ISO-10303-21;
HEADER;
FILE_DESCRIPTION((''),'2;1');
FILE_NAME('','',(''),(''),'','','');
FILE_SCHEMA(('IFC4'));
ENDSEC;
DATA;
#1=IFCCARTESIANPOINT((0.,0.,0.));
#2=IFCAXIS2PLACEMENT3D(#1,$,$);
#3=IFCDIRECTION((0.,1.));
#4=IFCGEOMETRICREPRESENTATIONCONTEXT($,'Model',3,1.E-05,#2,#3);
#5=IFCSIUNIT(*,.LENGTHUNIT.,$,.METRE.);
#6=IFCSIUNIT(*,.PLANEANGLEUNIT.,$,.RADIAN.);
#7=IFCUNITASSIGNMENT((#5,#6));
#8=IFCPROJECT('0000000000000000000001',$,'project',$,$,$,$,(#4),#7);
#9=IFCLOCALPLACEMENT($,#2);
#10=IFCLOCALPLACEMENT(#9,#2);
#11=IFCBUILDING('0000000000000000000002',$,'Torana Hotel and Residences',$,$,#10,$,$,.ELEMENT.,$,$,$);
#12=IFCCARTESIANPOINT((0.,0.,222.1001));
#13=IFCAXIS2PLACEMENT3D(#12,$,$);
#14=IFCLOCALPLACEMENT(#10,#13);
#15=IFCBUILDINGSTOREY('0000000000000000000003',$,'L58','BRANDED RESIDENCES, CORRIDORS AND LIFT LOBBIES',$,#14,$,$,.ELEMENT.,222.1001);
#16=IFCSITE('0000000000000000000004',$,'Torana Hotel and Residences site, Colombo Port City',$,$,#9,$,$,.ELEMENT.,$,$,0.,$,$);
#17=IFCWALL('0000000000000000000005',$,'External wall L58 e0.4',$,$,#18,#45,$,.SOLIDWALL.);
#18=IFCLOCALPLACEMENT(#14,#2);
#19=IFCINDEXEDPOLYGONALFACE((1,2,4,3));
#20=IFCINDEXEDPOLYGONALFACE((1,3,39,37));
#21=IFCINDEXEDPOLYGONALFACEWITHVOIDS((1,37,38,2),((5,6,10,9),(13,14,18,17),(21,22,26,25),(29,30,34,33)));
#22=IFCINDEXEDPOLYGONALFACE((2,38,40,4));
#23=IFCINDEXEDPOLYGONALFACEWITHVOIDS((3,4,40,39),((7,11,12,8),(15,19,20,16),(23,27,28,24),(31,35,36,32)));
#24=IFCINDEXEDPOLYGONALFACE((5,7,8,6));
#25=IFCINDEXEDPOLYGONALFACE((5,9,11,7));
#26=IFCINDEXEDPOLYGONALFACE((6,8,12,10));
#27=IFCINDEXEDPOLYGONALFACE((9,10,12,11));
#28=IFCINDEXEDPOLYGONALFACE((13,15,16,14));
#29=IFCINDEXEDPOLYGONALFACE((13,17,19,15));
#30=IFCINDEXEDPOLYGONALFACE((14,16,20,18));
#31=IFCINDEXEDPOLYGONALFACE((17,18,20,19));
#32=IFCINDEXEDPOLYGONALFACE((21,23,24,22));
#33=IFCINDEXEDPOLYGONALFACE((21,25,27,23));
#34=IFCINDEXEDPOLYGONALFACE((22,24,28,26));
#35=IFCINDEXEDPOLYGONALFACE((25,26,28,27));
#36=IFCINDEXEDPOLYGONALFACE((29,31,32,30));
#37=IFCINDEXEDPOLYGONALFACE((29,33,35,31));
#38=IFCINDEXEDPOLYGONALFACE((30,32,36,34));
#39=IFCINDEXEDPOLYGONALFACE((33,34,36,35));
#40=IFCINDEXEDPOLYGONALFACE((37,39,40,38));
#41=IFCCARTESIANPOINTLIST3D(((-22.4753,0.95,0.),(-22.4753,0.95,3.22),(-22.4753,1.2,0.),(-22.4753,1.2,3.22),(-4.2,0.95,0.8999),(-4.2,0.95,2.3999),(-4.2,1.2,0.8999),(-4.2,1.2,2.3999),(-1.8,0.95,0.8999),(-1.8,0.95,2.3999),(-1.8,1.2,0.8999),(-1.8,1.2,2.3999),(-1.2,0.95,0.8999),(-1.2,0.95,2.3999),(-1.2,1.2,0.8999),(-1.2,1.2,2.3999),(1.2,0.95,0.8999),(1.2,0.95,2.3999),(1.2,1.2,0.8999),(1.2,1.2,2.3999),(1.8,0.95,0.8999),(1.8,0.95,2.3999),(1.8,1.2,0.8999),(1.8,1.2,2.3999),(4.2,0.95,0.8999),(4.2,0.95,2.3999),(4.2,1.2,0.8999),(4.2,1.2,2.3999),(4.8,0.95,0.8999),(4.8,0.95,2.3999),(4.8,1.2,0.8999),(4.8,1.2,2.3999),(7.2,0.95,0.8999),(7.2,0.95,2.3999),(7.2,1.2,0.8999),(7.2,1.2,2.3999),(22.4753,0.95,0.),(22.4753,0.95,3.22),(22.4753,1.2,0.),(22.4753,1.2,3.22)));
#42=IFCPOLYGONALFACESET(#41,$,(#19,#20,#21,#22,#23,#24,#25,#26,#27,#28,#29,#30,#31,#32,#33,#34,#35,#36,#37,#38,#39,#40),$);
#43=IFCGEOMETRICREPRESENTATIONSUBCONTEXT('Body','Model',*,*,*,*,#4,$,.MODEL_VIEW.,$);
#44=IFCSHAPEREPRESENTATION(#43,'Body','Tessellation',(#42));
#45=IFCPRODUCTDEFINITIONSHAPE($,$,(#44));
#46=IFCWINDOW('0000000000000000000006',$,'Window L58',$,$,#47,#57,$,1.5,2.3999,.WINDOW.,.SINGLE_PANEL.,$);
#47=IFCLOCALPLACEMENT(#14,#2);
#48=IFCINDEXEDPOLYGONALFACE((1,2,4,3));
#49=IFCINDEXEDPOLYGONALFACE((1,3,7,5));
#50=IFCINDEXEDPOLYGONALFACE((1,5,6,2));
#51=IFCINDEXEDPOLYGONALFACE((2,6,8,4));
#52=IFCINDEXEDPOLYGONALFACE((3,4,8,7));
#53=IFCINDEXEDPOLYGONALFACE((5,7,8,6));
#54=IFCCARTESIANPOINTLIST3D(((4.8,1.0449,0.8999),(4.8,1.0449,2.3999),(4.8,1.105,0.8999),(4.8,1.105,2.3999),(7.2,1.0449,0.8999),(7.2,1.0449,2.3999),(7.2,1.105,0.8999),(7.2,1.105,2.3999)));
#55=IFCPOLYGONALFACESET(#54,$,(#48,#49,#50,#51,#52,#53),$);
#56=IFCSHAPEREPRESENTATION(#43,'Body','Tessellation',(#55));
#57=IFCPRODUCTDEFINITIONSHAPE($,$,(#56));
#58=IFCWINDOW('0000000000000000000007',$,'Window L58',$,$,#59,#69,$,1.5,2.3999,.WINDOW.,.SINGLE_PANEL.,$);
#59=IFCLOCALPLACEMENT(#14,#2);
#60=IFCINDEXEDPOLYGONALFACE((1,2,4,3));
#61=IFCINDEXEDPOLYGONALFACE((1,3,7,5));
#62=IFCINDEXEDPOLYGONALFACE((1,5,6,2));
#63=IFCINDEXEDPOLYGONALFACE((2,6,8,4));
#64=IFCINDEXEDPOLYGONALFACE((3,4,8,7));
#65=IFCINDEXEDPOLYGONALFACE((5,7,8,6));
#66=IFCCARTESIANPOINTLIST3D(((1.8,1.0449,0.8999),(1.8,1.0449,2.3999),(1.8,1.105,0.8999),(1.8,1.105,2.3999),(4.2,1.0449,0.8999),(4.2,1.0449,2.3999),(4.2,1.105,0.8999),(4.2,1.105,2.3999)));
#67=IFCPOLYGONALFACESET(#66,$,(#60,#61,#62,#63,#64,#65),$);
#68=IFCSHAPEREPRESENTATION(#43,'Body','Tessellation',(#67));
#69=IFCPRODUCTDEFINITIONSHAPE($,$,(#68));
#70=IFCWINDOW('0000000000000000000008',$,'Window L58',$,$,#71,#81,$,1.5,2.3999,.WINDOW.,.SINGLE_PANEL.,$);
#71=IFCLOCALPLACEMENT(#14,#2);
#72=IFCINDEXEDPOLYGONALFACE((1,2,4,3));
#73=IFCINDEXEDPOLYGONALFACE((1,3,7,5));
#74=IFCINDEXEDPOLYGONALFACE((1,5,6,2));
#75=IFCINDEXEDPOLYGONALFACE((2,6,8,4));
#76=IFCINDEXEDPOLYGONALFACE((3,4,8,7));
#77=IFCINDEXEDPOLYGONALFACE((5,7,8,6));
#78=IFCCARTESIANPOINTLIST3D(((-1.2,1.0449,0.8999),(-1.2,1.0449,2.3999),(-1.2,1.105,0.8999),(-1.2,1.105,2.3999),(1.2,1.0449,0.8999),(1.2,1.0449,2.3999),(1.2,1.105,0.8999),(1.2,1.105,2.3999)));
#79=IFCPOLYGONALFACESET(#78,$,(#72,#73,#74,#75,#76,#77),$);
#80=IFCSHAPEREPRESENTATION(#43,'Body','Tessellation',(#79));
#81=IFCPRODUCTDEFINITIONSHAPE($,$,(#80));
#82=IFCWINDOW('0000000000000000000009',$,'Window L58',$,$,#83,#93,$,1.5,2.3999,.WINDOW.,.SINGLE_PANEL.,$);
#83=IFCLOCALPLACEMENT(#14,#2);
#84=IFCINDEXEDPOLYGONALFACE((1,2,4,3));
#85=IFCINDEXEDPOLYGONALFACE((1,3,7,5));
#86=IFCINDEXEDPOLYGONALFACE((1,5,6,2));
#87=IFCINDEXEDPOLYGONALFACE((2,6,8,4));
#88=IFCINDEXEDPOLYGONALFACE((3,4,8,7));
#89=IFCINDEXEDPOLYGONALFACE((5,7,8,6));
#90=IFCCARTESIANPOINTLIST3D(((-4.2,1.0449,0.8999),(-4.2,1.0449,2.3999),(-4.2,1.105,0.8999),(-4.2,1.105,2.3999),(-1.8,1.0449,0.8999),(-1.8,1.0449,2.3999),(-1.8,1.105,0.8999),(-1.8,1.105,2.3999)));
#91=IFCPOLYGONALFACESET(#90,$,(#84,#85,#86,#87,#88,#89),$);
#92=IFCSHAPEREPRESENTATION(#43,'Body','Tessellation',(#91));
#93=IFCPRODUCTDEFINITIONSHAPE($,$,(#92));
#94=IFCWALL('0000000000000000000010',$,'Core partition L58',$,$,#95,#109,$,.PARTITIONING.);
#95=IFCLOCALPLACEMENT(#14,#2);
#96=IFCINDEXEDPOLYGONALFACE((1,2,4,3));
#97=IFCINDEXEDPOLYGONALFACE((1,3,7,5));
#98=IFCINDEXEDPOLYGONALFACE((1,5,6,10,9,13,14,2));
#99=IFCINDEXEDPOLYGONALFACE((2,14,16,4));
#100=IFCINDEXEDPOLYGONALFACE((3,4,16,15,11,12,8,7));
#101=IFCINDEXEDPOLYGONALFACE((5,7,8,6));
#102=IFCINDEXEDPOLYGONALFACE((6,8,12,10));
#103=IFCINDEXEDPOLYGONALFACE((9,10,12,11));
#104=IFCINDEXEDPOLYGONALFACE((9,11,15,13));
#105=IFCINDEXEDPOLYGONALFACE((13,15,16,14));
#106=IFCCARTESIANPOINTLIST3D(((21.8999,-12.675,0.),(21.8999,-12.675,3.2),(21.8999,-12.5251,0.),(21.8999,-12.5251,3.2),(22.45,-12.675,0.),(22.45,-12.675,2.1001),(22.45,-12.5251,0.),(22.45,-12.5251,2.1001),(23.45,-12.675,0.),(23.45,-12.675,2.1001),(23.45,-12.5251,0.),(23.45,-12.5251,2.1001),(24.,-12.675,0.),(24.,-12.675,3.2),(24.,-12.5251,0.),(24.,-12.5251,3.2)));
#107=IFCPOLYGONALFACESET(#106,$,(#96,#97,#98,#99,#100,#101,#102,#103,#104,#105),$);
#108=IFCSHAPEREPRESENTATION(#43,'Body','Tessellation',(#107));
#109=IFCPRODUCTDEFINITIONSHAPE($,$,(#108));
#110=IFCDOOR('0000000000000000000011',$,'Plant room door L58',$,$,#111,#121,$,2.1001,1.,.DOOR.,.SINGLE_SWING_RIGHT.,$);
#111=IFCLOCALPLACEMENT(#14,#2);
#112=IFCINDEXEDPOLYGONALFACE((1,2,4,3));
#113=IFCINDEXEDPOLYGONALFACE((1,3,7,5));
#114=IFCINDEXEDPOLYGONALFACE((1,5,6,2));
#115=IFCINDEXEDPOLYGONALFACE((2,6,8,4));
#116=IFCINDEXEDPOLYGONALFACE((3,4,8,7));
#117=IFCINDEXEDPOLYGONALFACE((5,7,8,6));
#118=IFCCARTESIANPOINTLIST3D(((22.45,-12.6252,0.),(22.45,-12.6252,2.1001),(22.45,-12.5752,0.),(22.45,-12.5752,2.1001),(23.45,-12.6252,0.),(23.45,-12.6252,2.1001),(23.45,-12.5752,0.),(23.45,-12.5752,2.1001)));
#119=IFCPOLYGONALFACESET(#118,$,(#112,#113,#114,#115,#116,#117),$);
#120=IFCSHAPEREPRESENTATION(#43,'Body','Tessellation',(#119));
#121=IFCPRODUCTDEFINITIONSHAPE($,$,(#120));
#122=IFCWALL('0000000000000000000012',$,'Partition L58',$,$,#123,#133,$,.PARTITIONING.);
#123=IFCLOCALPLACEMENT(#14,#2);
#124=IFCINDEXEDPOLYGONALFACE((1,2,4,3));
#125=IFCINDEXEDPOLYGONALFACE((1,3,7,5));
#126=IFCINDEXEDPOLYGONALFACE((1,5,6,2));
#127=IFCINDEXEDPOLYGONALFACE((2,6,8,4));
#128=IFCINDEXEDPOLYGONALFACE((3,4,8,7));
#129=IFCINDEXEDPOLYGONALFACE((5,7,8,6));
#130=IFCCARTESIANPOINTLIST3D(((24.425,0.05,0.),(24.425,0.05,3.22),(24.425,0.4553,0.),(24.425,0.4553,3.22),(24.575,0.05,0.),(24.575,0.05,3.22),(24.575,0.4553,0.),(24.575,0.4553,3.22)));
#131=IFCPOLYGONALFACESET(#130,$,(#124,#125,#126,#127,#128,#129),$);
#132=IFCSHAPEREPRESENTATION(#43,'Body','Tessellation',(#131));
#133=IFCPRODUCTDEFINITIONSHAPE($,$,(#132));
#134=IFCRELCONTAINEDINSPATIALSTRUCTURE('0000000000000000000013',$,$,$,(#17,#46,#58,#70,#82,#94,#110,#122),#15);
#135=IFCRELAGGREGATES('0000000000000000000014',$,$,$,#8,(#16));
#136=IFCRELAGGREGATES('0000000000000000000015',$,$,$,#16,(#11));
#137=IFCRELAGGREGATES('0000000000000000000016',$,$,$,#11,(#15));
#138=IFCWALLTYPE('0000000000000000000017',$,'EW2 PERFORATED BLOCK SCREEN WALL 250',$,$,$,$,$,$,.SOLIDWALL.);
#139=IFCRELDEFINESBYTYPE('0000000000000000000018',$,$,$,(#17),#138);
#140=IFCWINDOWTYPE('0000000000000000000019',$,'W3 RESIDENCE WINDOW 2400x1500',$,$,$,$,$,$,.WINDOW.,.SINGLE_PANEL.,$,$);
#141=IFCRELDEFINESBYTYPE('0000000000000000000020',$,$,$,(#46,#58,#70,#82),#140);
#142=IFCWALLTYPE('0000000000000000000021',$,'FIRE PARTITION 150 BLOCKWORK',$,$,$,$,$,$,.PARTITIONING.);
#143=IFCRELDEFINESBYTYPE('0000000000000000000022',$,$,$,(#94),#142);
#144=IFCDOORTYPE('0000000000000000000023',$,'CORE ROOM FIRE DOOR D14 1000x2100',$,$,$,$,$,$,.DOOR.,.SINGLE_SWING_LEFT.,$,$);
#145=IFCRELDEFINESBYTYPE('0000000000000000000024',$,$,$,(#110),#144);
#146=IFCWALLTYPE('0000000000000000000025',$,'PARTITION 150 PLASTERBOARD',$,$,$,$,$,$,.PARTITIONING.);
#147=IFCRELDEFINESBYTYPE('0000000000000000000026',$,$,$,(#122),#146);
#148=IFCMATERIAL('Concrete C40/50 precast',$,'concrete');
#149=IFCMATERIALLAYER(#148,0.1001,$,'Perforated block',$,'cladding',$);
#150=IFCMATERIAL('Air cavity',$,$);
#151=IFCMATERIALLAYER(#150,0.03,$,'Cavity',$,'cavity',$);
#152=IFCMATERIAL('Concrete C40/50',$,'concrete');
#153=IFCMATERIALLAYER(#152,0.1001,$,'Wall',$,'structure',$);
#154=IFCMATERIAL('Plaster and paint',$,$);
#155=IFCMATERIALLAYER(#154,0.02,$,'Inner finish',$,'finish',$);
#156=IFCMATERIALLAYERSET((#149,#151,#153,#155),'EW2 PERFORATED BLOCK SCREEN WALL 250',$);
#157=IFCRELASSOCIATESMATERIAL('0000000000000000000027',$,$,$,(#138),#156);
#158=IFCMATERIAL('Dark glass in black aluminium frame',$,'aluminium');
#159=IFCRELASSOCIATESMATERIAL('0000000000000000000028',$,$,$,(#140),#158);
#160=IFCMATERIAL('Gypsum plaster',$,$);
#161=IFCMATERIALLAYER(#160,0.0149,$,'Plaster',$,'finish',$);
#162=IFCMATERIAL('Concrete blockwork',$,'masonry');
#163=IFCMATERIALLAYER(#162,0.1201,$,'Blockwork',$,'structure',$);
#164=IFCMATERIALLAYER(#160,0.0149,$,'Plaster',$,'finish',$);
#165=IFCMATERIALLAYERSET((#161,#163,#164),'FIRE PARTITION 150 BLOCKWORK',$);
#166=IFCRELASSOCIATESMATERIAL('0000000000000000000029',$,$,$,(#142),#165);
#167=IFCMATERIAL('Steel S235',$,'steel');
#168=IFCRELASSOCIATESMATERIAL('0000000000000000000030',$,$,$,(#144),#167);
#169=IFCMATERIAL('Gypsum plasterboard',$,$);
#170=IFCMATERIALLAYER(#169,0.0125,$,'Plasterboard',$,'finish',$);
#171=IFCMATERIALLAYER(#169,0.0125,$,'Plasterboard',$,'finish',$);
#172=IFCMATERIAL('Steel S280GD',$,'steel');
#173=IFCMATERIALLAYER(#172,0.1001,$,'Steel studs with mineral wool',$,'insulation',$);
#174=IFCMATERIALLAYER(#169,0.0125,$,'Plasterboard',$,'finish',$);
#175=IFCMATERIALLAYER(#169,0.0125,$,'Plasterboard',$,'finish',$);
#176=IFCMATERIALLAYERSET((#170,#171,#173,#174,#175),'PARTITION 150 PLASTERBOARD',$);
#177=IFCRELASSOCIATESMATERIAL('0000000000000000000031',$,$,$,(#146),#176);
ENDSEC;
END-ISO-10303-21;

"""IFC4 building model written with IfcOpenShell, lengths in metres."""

from ifc_helpers import new_model, si_unit, direction, frame, frame_2d, origin, place, context, subcontext, project, spatial, rectangle, extrude, material, layer, layer_set, type_object, element, fill, save


model = new_model("IFC4")

# Units and contexts
model_context = context("Model", 3, precision=1e-05, world=origin(), true_north=direction((0.0, 1.0)))
body_context = subcontext(model_context, "Body", "Model", "MODEL_VIEW")
ifc_project = project(units=[si_unit("LENGTHUNIT", "METRE"), si_unit("PLANEANGLEUNIT", "RADIAN")], contexts=[model_context])

# Site, building, storey
site_placement = place(None, origin())
site = spatial("IfcSite", under=ifc_project, at=site_placement, Name="Torana Hotel and Residences site, Colombo Port City", CompositionType="ELEMENT", RefElevation=0.0)
building_placement = place(site_placement, origin())
building = spatial("IfcBuilding", under=site, at=building_placement, Name="Torana Hotel and Residences", CompositionType="ELEMENT")
storey_placement = place(building_placement, frame((0.0, 0.0, 222.1001)))
storey = spatial("IfcBuildingStorey", under=building, at=storey_placement, Name="L58", Description="BRANDED RESIDENCES, CORRIDORS AND LIFT LOBBIES", CompositionType="ELEMENT", Elevation=222.1001)

# Shared definitions
ifc_material_1 = material(Name="Steel S280GD", Category="steel")

# Wall, openings, windows
ifc_material_2 = material(Name="Concrete C40/50 precast", Category="concrete")
ifc_layer_1 = layer(ifc_material_2, 0.1001, Name="Perforated block", Category="cladding")
ifc_material_3 = material(Name="Air cavity")
ifc_layer_2 = layer(ifc_material_3, 0.03, Name="Cavity", Category="cavity")
ifc_material_4 = material(Name="Concrete C40/50", Category="concrete")
ifc_layer_3 = layer(ifc_material_4, 0.1001, Name="Wall", Category="structure")
ifc_material_5 = material(Name="Plaster and paint")
ifc_layer_4 = layer(ifc_material_5, 0.02, Name="Inner finish", Category="finish")
ifc_layer_set_1 = layer_set([ifc_layer_1, ifc_layer_2, ifc_layer_3, ifc_layer_4], Name="EW2 PERFORATED BLOCK SCREEN WALL 250")
wall_type_1 = type_object("IfcWallType", Name="EW2 PERFORATED BLOCK SCREEN WALL 250", PredefinedType="SOLIDWALL", material=ifc_layer_set_1)
wall_1_placement = place(storey_placement, frame((22.4753, 1.075, 0.0), z_axis=(0.0, 0.0, 1.0), x_axis=(-1.0, 0.0, 0.0)))
wall_1 = element("IfcWall", 1, at=wall_1_placement, inside=storey, type_object=wall_type_1, Name="External wall L58 e0.4", PredefinedType="SOLIDWALL", context=body_context, shape_type="SweptSolid", body=[
    extrude(rectangle(XDim=44.9507, YDim=0.25, at=frame_2d((22.4753, 0.0))), origin(), (0.0, 0.0, 1.0), 3.22),
])
opening_1_placement = place(wall_1_placement, frame((15.2754, 0.0, 0.8999)))
opening_1 = element("IfcOpeningElement", 2, at=opening_1_placement, cuts=wall_1, PredefinedType="OPENING", context=body_context, shape_type="SweptSolid", body=[
    extrude(rectangle(XDim=2.3999, YDim=1.5, at=frame_2d((1.2, 0.75))), frame((0.0, 0.135, 0.0), z_axis=(0.0, -1.0, 0.0), x_axis=(1.0, 0.0, 0.0)), (0.0, 0.0, 1.0), 0.27),
])
opening_2_placement = place(wall_1_placement, frame((18.2754, 0.0, 0.8999)))
opening_2 = element("IfcOpeningElement", 3, at=opening_2_placement, cuts=wall_1, PredefinedType="OPENING", context=body_context, shape_type="SweptSolid", body=[
    extrude(rectangle(XDim=2.3999, YDim=1.5, at=frame_2d((1.2, 0.75))), frame((0.0, 0.135, 0.0), z_axis=(0.0, -1.0, 0.0), x_axis=(1.0, 0.0, 0.0)), (0.0, 0.0, 1.0), 0.27),
])
opening_3_placement = place(wall_1_placement, frame((21.2754, 0.0, 0.8999)))
opening_3 = element("IfcOpeningElement", 4, at=opening_3_placement, cuts=wall_1, PredefinedType="OPENING", context=body_context, shape_type="SweptSolid", body=[
    extrude(rectangle(XDim=2.3999, YDim=1.5, at=frame_2d((1.2, 0.75))), frame((0.0, 0.135, 0.0), z_axis=(0.0, -1.0, 0.0), x_axis=(1.0, 0.0, 0.0)), (0.0, 0.0, 1.0), 0.27),
])
opening_4_placement = place(wall_1_placement, frame((24.2754, 0.0, 0.8999)))
opening_4 = element("IfcOpeningElement", 5, at=opening_4_placement, cuts=wall_1, PredefinedType="OPENING", context=body_context, shape_type="SweptSolid", body=[
    extrude(rectangle(XDim=2.3999, YDim=1.5, at=frame_2d((1.2, 0.75))), frame((0.0, 0.135, 0.0), z_axis=(0.0, -1.0, 0.0), x_axis=(1.0, 0.0, 0.0)), (0.0, 0.0, 1.0), 0.27),
])
ifc_material_6 = material(Name="Dark glass in black aluminium frame", Category="aluminium")
window_type = type_object("IfcWindowType", Name="W3 RESIDENCE WINDOW 2400x1500", PartitioningType="SINGLE_PANEL", PredefinedType="WINDOW", material=ifc_material_6)
window_1_placement = place(opening_1_placement, origin())
window_1 = element("IfcWindow", 6, at=window_1_placement, inside=storey, type_object=window_type, Name="Window L58", OverallHeight=1.5, OverallWidth=2.3999, PartitioningType="SINGLE_PANEL", PredefinedType="WINDOW", context=body_context, shape_type="SweptSolid", body=[
    extrude(rectangle(XDim=2.3999, YDim=1.5, at=frame_2d((1.2, 0.75))), frame((0.0, 0.03, 0.0), z_axis=(0.0, -1.0, 0.0), x_axis=(1.0, 0.0, 0.0)), (0.0, 0.0, 1.0), 0.0601),
])
fill(opening_1, window_1)
window_2_placement = place(opening_2_placement, origin())
window_2 = element("IfcWindow", 7, at=window_2_placement, inside=storey, type_object=window_type, Name="Window L58", OverallHeight=1.5, OverallWidth=2.3999, PartitioningType="SINGLE_PANEL", PredefinedType="WINDOW", context=body_context, shape_type="SweptSolid", body=[
    extrude(rectangle(XDim=2.3999, YDim=1.5, at=frame_2d((1.2, 0.75))), frame((0.0, 0.03, 0.0), z_axis=(0.0, -1.0, 0.0), x_axis=(1.0, 0.0, 0.0)), (0.0, 0.0, 1.0), 0.0601),
])
fill(opening_2, window_2)
window_3_placement = place(opening_3_placement, origin())
window_3 = element("IfcWindow", 8, at=window_3_placement, inside=storey, type_object=window_type, Name="Window L58", OverallHeight=1.5, OverallWidth=2.3999, PartitioningType="SINGLE_PANEL", PredefinedType="WINDOW", context=body_context, shape_type="SweptSolid", body=[
    extrude(rectangle(XDim=2.3999, YDim=1.5, at=frame_2d((1.2, 0.75))), frame((0.0, 0.03, 0.0), z_axis=(0.0, -1.0, 0.0), x_axis=(1.0, 0.0, 0.0)), (0.0, 0.0, 1.0), 0.0601),
])
fill(opening_3, window_3)
window_4_placement = place(opening_4_placement, origin())
window_4 = element("IfcWindow", 9, at=window_4_placement, inside=storey, type_object=window_type, Name="Window L58", OverallHeight=1.5, OverallWidth=2.3999, PartitioningType="SINGLE_PANEL", PredefinedType="WINDOW", context=body_context, shape_type="SweptSolid", body=[
    extrude(rectangle(XDim=2.3999, YDim=1.5, at=frame_2d((1.2, 0.75))), frame((0.0, 0.03, 0.0), z_axis=(0.0, -1.0, 0.0), x_axis=(1.0, 0.0, 0.0)), (0.0, 0.0, 1.0), 0.0601),
])
fill(opening_4, window_4)

# Wall, opening, door
ifc_material_7 = material(Name="Gypsum plaster")
ifc_layer_5 = layer(ifc_material_7, 0.0149, Name="Plaster", Category="finish")
ifc_material_8 = material(Name="Concrete blockwork", Category="masonry")
ifc_layer_6 = layer(ifc_material_8, 0.1201, Name="Blockwork", Category="structure")
ifc_layer_7 = layer(ifc_material_7, 0.0149, Name="Plaster", Category="finish")
ifc_layer_set_2 = layer_set([ifc_layer_5, ifc_layer_6, ifc_layer_7], Name="FIRE PARTITION 150 BLOCKWORK")
wall_type_2 = type_object("IfcWallType", Name="FIRE PARTITION 150 BLOCKWORK", PredefinedType="PARTITIONING", material=ifc_layer_set_2)
wall_2_placement = place(storey_placement, frame((21.8999, -12.6001, 0.0), z_axis=(0.0, 0.0, 1.0), x_axis=(1.0, 0.0, 0.0)))
wall_2 = element("IfcWall", 10, at=wall_2_placement, inside=storey, type_object=wall_type_2, Name="Core partition L58", PredefinedType="PARTITIONING", context=body_context, shape_type="SweptSolid", body=[
    extrude(rectangle(XDim=2.1001, YDim=0.1499, at=frame_2d((1.05, 0.0))), origin(), (0.0, 0.0, 1.0), 3.2),
])
opening_5_placement = place(wall_2_placement, frame((0.55, 0.0, 0.0)))
opening_5 = element("IfcOpeningElement", 11, at=opening_5_placement, cuts=wall_2, PredefinedType="OPENING", context=body_context, shape_type="SweptSolid", body=[
    extrude(rectangle(XDim=1.0, YDim=2.1001, at=frame_2d((0.5, 1.05))), frame((0.0, 0.085, 0.0), z_axis=(0.0, -1.0, 0.0), x_axis=(1.0, 0.0, 0.0)), (0.0, 0.0, 1.0), 0.1699),
])
ifc_material_9 = material(Name="Steel S235", Category="steel")
door_type_1 = type_object("IfcDoorType", Name="CORE ROOM FIRE DOOR D14 1000x2100", OperationType="SINGLE_SWING_LEFT", PredefinedType="DOOR", material=ifc_material_9)
door_1_placement = place(opening_5_placement, origin())
door_1 = element("IfcDoor", 12, at=door_1_placement, inside=storey, type_object=door_type_1, Name="Plant room door L58", OperationType="SINGLE_SWING_RIGHT", OverallHeight=2.1001, OverallWidth=1.0, PredefinedType="DOOR", context=body_context, shape_type="SweptSolid", body=[
    extrude(rectangle(XDim=1.0, YDim=2.1001, at=frame_2d((0.5, 1.05))), frame((0.0, 0.0249, 0.0), z_axis=(0.0, -1.0, 0.0), x_axis=(1.0, 0.0, 0.0)), (0.0, 0.0, 1.0), 0.05),
])
fill(opening_5, door_1)

# Wall
ifc_material_10 = material(Name="Gypsum plasterboard")
ifc_layer_8 = layer(ifc_material_10, 0.0125, Name="Plasterboard", Category="finish")
ifc_layer_9 = layer(ifc_material_10, 0.0125, Name="Plasterboard", Category="finish")
ifc_layer_10 = layer(ifc_material_1, 0.1001, Name="Steel studs with mineral wool", Category="insulation")
ifc_layer_11 = layer(ifc_material_10, 0.0125, Name="Plasterboard", Category="finish")
ifc_layer_12 = layer(ifc_material_10, 0.0125, Name="Plasterboard", Category="finish")
ifc_layer_set_3 = layer_set([ifc_layer_8, ifc_layer_9, ifc_layer_10, ifc_layer_11, ifc_layer_12], Name="PARTITION 150 PLASTERBOARD")
wall_type_3 = type_object("IfcWallType", Name="PARTITION 150 PLASTERBOARD", PredefinedType="PARTITIONING", material=ifc_layer_set_3)
wall_3_placement = place(storey_placement, frame((24.5, 0.05, 0.0), z_axis=(0.0, 0.0, 1.0), x_axis=(0.0, 1.0, 0.0)))
element("IfcWall", 13, at=wall_3_placement, inside=storey, type_object=wall_type_3, Name="Partition L58", PredefinedType="PARTITIONING", context=body_context, shape_type="SweptSolid", body=[
    extrude(rectangle(XDim=0.4053, YDim=0.1499, at=frame_2d((0.2026, 0.0))), origin(), (0.0, 0.0, 1.0), 3.22),
])

save(model, "model.ifc")
